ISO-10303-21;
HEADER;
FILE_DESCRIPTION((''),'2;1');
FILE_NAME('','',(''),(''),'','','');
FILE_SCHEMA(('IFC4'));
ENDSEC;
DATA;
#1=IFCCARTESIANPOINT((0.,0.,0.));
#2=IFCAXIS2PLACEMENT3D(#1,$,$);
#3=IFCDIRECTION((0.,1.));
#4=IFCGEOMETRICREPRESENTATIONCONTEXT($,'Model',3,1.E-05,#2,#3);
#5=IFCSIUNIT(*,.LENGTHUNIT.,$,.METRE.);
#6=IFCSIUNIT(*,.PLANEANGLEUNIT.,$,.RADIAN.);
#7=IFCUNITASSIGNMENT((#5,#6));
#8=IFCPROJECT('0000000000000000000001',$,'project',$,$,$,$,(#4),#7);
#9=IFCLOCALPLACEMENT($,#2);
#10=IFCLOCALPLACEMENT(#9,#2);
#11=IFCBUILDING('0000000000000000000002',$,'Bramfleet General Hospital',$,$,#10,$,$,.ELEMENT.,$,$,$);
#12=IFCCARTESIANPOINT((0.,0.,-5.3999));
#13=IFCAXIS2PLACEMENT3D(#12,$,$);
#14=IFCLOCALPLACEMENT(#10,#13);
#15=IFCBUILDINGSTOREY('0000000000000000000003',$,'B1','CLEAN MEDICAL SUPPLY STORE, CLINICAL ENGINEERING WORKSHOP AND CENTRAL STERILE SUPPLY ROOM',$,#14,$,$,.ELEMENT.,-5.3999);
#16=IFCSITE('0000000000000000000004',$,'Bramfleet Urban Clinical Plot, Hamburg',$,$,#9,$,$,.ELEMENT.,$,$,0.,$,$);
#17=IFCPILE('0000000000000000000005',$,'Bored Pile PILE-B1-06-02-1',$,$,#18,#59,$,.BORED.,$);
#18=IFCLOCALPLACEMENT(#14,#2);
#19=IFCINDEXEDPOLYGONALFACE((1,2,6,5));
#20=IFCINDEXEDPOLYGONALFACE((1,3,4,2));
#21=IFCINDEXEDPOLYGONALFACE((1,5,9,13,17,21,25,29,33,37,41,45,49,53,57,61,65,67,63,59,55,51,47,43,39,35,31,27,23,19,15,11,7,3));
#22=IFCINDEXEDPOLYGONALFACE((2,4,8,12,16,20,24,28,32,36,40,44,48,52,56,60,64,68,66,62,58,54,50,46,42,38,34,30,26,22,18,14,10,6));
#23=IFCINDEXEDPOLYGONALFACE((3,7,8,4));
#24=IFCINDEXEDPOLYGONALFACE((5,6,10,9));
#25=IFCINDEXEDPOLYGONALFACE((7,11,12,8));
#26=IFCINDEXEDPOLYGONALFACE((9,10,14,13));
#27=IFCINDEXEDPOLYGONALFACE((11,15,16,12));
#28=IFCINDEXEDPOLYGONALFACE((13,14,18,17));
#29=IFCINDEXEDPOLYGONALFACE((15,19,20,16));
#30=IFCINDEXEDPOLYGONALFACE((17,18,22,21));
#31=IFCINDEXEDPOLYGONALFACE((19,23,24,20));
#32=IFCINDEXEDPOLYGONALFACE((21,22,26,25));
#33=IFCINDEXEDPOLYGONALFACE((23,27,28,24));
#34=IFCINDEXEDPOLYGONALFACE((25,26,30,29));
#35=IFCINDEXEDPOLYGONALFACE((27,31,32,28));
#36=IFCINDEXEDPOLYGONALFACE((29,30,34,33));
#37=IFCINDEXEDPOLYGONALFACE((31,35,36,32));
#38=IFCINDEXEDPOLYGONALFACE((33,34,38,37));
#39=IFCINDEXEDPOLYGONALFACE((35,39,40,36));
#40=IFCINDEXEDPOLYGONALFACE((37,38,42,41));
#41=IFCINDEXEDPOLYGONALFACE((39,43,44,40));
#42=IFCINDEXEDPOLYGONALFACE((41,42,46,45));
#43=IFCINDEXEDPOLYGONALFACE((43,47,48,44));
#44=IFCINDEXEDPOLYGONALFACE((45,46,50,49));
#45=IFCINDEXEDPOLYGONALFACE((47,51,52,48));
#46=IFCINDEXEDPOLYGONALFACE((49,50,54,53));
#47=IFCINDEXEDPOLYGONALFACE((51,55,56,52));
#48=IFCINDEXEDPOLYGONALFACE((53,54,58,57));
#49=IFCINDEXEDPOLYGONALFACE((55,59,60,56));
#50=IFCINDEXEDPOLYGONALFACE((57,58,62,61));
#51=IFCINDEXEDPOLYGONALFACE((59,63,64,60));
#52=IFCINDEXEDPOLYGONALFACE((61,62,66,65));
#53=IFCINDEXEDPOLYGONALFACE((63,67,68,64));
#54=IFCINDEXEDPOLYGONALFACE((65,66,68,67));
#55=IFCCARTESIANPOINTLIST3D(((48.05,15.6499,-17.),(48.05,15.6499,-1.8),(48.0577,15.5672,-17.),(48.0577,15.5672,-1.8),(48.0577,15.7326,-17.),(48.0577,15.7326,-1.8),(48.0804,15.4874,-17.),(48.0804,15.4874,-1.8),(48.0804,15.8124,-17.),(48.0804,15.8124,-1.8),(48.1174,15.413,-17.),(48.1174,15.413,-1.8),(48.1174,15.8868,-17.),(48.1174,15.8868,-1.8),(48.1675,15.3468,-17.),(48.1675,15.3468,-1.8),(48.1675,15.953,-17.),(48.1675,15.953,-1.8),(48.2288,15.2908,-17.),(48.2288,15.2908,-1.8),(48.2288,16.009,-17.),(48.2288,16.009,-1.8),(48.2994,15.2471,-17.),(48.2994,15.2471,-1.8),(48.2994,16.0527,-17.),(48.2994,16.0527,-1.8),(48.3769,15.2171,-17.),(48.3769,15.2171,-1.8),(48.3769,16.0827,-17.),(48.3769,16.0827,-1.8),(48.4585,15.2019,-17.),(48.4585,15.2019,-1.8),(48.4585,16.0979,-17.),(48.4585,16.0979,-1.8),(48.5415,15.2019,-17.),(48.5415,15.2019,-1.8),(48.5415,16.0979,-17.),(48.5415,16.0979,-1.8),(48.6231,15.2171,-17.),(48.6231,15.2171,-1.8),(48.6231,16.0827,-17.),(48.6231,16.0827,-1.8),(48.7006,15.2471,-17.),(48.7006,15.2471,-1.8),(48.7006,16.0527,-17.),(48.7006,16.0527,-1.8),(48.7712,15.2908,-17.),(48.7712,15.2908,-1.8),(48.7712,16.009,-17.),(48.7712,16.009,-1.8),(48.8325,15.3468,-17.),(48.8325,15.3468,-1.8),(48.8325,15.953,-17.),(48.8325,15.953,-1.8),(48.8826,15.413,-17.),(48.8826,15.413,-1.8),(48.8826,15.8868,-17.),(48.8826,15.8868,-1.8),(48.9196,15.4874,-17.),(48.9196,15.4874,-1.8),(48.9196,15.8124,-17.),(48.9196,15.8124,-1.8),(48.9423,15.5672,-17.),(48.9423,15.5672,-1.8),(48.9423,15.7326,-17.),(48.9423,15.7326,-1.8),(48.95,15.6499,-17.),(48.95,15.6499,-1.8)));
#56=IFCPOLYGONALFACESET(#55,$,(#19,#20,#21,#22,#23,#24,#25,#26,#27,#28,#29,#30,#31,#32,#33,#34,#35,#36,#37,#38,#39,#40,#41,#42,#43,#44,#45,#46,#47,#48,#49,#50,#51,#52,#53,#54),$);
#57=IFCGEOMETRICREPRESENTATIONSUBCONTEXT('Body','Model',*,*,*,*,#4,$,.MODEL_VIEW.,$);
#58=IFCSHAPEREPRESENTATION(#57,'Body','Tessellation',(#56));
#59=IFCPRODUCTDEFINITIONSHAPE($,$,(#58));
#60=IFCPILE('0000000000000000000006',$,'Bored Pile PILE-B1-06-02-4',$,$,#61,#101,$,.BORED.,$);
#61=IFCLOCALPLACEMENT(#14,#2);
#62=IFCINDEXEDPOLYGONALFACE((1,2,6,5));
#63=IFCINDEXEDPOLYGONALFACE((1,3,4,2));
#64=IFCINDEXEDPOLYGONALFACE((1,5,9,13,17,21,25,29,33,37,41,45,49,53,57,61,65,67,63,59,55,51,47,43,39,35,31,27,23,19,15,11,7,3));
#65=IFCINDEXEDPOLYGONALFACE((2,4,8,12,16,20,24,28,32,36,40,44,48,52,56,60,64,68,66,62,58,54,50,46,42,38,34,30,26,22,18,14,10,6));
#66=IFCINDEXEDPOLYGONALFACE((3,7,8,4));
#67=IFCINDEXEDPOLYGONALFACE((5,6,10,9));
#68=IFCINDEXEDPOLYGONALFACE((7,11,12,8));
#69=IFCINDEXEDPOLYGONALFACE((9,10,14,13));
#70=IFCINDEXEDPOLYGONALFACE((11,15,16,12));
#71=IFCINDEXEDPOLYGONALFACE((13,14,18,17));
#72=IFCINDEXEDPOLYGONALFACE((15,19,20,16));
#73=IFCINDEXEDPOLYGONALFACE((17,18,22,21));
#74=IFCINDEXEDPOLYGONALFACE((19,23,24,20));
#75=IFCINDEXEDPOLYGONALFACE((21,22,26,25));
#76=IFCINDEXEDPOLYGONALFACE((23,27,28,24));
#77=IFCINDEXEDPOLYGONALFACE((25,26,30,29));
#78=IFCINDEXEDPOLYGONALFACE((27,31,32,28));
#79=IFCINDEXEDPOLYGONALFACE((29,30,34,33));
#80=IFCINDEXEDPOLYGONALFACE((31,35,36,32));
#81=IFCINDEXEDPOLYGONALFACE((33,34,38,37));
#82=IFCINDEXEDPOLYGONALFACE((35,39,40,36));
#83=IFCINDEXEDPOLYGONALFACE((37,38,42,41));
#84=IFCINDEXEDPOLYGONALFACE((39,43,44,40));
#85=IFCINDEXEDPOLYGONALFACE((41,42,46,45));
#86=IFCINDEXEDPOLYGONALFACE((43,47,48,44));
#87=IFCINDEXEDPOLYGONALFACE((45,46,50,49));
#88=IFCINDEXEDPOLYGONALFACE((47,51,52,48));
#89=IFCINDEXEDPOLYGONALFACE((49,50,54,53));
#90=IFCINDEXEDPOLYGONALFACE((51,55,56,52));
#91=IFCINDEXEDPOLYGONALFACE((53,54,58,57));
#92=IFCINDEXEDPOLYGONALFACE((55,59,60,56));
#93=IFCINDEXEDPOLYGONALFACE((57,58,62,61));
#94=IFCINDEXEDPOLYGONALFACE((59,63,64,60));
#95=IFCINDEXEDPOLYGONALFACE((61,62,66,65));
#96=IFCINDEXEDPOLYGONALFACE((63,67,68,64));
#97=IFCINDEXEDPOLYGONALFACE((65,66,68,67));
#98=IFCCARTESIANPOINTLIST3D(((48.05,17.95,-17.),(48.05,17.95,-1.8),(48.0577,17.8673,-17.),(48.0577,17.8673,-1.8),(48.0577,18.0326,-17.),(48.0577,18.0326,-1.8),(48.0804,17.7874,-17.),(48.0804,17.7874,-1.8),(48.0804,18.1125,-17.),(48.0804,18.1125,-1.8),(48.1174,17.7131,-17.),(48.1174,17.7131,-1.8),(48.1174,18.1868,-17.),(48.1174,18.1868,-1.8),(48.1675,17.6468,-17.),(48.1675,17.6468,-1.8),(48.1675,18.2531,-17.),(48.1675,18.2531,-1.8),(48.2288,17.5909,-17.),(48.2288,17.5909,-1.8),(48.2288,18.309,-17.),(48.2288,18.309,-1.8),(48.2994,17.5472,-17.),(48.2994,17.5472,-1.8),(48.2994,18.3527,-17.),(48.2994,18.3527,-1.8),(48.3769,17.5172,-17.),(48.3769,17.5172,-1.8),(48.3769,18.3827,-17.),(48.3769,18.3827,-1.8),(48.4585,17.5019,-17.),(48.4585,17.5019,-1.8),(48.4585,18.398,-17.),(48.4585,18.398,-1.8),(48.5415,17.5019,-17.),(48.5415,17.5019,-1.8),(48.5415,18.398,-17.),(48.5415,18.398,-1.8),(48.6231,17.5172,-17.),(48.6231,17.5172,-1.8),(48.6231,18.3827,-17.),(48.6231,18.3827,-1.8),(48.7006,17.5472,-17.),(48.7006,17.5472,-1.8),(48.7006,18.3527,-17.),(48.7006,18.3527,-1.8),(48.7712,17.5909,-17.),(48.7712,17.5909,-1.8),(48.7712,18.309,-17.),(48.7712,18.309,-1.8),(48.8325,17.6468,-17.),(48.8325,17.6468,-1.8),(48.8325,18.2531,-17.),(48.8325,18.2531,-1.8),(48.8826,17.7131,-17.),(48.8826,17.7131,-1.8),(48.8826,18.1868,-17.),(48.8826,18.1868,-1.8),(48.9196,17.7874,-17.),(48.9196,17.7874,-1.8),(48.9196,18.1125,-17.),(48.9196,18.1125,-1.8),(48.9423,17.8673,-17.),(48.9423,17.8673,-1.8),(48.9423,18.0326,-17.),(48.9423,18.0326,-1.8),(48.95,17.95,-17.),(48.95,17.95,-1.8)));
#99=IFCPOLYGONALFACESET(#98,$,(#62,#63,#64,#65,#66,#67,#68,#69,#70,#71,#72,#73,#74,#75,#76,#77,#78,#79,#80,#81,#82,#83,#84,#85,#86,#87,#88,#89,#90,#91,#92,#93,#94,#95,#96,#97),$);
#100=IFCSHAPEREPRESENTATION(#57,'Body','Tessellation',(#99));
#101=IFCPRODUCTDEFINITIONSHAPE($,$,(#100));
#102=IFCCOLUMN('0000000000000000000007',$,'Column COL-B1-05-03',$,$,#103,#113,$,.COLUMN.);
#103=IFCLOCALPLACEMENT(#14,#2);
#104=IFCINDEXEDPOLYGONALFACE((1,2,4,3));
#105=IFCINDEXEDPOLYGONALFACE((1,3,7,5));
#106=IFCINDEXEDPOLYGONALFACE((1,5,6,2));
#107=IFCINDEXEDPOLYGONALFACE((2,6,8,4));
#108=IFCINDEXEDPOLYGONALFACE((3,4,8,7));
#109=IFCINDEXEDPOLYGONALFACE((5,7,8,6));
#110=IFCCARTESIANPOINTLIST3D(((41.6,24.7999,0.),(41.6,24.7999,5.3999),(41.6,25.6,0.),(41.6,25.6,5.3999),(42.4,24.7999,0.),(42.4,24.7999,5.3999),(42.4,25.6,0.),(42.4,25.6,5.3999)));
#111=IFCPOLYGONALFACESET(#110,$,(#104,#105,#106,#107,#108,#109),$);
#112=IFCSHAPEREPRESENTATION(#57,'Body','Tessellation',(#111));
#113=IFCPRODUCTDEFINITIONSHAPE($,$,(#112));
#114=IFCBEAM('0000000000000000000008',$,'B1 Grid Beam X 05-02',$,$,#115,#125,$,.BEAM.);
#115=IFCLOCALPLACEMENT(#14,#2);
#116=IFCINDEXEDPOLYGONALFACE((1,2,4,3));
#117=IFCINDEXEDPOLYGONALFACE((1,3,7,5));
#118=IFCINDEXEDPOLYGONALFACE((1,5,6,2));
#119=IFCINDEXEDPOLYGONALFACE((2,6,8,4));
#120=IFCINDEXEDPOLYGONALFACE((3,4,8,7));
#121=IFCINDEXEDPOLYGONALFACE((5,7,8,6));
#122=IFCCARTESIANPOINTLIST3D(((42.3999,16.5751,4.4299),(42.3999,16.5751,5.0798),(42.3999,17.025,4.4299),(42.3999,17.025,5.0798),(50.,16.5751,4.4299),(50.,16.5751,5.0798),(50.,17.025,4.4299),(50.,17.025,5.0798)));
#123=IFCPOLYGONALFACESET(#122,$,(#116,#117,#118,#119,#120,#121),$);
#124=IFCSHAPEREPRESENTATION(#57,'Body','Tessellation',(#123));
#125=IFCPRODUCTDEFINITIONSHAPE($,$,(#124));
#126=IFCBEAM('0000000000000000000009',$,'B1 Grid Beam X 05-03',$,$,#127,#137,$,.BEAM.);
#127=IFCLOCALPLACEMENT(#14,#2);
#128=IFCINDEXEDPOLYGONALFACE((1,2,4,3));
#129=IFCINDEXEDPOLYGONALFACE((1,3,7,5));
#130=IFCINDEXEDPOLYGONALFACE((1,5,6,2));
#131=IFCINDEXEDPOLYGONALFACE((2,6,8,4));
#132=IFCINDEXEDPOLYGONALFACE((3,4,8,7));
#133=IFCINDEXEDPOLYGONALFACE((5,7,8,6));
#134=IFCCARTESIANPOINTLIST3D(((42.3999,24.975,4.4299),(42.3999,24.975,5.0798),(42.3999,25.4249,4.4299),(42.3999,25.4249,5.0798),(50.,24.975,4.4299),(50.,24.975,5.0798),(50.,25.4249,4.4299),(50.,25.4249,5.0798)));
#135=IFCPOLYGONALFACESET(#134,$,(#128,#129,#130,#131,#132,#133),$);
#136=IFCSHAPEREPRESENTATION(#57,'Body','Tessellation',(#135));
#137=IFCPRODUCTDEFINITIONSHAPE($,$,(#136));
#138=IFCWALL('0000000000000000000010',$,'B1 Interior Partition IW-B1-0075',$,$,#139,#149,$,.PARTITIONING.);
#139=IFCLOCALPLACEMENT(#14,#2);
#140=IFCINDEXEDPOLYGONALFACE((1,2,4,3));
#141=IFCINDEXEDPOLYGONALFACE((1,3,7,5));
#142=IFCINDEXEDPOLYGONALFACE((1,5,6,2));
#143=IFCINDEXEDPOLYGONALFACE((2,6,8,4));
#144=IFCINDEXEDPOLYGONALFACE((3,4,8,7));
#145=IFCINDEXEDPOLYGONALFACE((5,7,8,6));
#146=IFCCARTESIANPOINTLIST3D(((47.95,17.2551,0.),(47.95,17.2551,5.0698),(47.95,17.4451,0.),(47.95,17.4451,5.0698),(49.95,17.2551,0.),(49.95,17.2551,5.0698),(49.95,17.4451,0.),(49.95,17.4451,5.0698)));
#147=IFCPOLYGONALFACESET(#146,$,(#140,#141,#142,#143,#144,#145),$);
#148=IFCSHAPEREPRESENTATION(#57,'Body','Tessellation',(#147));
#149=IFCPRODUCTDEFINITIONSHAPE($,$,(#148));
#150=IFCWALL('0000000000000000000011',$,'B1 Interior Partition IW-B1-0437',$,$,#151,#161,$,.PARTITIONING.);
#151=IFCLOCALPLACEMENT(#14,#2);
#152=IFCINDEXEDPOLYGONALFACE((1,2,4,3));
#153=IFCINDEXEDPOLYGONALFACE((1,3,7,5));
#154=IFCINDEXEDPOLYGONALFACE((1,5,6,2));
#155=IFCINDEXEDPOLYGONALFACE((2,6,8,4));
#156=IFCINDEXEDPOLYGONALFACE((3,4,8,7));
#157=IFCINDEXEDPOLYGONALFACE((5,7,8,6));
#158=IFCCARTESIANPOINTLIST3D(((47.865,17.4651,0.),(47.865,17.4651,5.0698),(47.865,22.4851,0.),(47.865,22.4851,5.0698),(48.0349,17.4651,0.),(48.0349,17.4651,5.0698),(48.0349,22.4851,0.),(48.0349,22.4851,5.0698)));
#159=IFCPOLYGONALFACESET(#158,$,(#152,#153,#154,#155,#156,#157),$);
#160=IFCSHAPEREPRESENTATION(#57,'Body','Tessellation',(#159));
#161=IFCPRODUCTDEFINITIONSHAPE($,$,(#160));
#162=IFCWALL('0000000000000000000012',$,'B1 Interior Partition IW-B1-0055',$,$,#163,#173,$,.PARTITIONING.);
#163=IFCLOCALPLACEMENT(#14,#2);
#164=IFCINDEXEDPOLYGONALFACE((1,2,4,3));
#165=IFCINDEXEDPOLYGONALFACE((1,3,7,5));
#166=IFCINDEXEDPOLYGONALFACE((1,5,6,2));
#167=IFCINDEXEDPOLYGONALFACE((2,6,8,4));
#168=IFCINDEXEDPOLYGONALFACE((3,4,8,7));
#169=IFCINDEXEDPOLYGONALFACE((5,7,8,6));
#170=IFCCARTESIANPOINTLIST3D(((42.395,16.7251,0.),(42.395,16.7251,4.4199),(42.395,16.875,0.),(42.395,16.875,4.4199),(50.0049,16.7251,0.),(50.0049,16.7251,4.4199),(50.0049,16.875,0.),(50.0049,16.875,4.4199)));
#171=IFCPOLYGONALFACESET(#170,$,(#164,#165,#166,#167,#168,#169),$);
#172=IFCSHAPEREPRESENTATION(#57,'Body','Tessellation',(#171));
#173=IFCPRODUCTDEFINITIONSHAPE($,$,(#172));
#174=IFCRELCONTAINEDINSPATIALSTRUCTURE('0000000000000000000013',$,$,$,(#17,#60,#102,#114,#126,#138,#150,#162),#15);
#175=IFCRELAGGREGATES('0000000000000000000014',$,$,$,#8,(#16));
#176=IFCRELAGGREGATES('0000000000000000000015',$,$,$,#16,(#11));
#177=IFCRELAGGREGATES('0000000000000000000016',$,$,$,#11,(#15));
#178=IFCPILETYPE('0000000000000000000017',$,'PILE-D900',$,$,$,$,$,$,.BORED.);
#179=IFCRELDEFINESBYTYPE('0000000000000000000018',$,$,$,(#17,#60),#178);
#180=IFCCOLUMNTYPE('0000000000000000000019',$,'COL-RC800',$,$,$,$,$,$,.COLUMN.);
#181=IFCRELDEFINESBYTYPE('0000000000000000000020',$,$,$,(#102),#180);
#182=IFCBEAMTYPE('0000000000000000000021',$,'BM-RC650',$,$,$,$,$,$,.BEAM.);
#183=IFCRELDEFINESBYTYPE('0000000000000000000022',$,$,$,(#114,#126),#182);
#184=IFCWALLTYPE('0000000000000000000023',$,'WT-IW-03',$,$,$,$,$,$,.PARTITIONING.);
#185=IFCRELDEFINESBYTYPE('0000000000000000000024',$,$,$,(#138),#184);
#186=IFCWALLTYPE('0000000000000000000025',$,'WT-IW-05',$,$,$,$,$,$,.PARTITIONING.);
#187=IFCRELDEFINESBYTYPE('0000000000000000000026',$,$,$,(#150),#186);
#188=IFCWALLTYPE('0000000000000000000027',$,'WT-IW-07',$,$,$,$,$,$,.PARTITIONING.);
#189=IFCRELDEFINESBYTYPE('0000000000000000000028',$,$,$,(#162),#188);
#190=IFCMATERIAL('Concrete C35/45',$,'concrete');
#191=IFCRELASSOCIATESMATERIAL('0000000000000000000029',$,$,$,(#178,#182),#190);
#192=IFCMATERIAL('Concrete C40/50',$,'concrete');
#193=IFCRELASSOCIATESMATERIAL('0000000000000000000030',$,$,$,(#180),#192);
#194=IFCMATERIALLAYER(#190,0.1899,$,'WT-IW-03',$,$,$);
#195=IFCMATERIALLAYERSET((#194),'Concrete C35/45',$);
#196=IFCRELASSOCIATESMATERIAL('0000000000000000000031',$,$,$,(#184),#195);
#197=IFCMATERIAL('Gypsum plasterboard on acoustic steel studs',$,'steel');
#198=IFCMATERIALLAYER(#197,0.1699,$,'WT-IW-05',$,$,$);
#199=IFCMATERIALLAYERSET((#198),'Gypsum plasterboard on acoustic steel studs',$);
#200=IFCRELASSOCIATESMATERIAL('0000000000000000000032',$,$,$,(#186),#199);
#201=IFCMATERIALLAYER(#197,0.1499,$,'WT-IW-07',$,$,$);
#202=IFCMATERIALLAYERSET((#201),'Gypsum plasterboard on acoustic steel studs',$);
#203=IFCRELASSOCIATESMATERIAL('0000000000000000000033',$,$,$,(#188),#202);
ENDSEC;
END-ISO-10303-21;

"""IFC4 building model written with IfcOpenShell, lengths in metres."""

from ifc_helpers import new_model, si_unit, direction, frame, frame_2d, origin, origin_2d, place, context, subcontext, project, spatial, rectangle, circle, extrude, material, layer, layer_set, material_profile, profile_set, type_object, element, save


model = new_model("IFC4")

# Units and contexts
model_context = context("Model", 3, precision=1e-05, world=origin(), true_north=direction((0.0, 1.0)))
body_context = subcontext(model_context, "Body", "Model", "MODEL_VIEW")
ifc_project = project(units=[si_unit("LENGTHUNIT", "METRE"), si_unit("PLANEANGLEUNIT", "RADIAN")], contexts=[model_context])

# Site, building, storey
site_placement = place(None, origin())
site = spatial("IfcSite", under=ifc_project, at=site_placement, Name="Bramfleet Urban Clinical Plot, Hamburg", CompositionType="ELEMENT", RefElevation=0.0)
building_placement = place(site_placement, origin())
building = spatial("IfcBuilding", under=site, at=building_placement, Name="Bramfleet General Hospital", CompositionType="ELEMENT")
storey_placement = place(building_placement, frame((0.0, 0.0, -5.3999)))
storey = spatial("IfcBuildingStorey", under=building, at=storey_placement, Name="B1", Description="CLEAN MEDICAL SUPPLY STORE, CLINICAL ENGINEERING WORKSHOP AND CENTRAL STERILE SUPPLY ROOM", CompositionType="ELEMENT", Elevation=-5.3999)

# Shared definitions
ifc_material_1 = material(Name="Concrete C35/45", Category="concrete")

# Piles
ifc_material_profile_1 = material_profile(ifc_material_1, circle(Radius=0.45, at=origin_2d()), Name="PILE BORED D900")
ifc_profile_set_1 = profile_set([ifc_material_profile_1], Name="Concrete C35/45")
pile_type_1 = type_object("IfcPileType", Name="PILE-D900", PredefinedType="BORED", material=ifc_profile_set_1)
for number, where, z_axis, x_axis, name in (
    (1, (48.5, 15.6499, -1.8), (0.0, 0.0, -1.0), (1.0, 0.0, 0.0), "Bored Pile PILE-B1-06-02-1"),
    (2, (48.5, 17.95, -1.8), (0.0, 0.0, -1.0), (1.0, 0.0, 0.0), "Bored Pile PILE-B1-06-02-4"),
):
    element("IfcPile", number, at=place(storey_placement, frame(where, z_axis=z_axis, x_axis=x_axis)), inside=storey, type_object=pile_type_1, Name=name, PredefinedType="BORED", context=body_context, shape_type="SweptSolid", body=[
        extrude(circle(Radius=0.45, at=origin_2d()), origin(), (0.0, 0.0, 1.0), 15.2),
    ])

# Column
ifc_material_2 = material(Name="Concrete C40/50", Category="concrete")
ifc_material_profile_2 = material_profile(ifc_material_2, rectangle(XDim=0.8, YDim=0.8, at=origin_2d()), Name="RC COL 800x800")
ifc_profile_set_2 = profile_set([ifc_material_profile_2], Name="Concrete C40/50")
column_type = type_object("IfcColumnType", Name="COL-RC800", PredefinedType="COLUMN", material=ifc_profile_set_2)
column_placement = place(storey_placement, frame((42.0, 25.2, 0.0), z_axis=(0.0, 0.0, 1.0), x_axis=(1.0, 0.0, 0.0)))
element("IfcColumn", 3, at=column_placement, inside=storey, type_object=column_type, Name="Column COL-B1-05-03", PredefinedType="COLUMN", context=body_context, shape_type="SweptSolid", body=[
    extrude(rectangle(XDim=0.8, YDim=0.8, at=origin_2d()), origin(), (0.0, 0.0, 1.0), 5.3999),
])

# Beams
ifc_material_profile_3 = material_profile(ifc_material_1, rectangle(XDim=0.45, YDim=0.6499, at=origin_2d()), Name="RC BM 650x450")
ifc_profile_set_3 = profile_set([ifc_material_profile_3], Name="Concrete C35/45")
beam_type = type_object("IfcBeamType", Name="BM-RC650", PredefinedType="BEAM", material=ifc_profile_set_3)
for number, where, z_axis, x_axis, name in (
    (4, (42.3999, 16.8, 4.7549), (1.0, 0.0, 0.0), (0.0, 1.0, 0.0), "B1 Grid Beam X 05-02"),
    (5, (42.3999, 25.2, 4.7549), (1.0, 0.0, 0.0), (0.0, 1.0, 0.0), "B1 Grid Beam X 05-03"),
):
    element("IfcBeam", number, at=place(storey_placement, frame(where, z_axis=z_axis, x_axis=x_axis)), inside=storey, type_object=beam_type, Name=name, PredefinedType="BEAM", context=body_context, shape_type="SweptSolid", body=[
        extrude(rectangle(XDim=0.45, YDim=0.6499, at=origin_2d()), origin(), (0.0, 0.0, 1.0), 7.6001),
    ])

# Walls
ifc_layer_1 = layer(ifc_material_1, 0.1899, Name="WT-IW-03")
ifc_layer_set_1 = layer_set([ifc_layer_1], Name="Concrete C35/45")
wall_type_1 = type_object("IfcWallType", Name="WT-IW-03", PredefinedType="PARTITIONING", material=ifc_layer_set_1)
wall_1_placement = place(storey_placement, frame((47.95, 17.3501, 0.0), z_axis=(0.0, 0.0, 1.0), x_axis=(1.0, 0.0, 0.0)))
element("IfcWall", 6, at=wall_1_placement, inside=storey, type_object=wall_type_1, Name="B1 Interior Partition IW-B1-0075", PredefinedType="PARTITIONING", context=body_context, shape_type="SweptSolid", body=[
    extrude(rectangle(XDim=2.0, YDim=0.1899, at=frame_2d((1.0, 0.0))), origin(), (0.0, 0.0, 1.0), 5.0698),
])
ifc_material_3 = material(Name="Gypsum plasterboard on acoustic steel studs", Category="steel")
ifc_layer_2 = layer(ifc_material_3, 0.1699, Name="WT-IW-05")
ifc_layer_set_2 = layer_set([ifc_layer_2], Name="Gypsum plasterboard on acoustic steel studs")
wall_type_2 = type_object("IfcWallType", Name="WT-IW-05", PredefinedType="PARTITIONING", material=ifc_layer_set_2)
wall_2_placement = place(storey_placement, frame((47.95, 17.4651, 0.0), z_axis=(0.0, 0.0, 1.0), x_axis=(0.0, 1.0, 0.0)))
element("IfcWall", 7, at=wall_2_placement, inside=storey, type_object=wall_type_2, Name="B1 Interior Partition IW-B1-0437", PredefinedType="PARTITIONING", context=body_context, shape_type="SweptSolid", body=[
    extrude(rectangle(XDim=5.02, YDim=0.1699, at=frame_2d((2.51, 0.0))), origin(), (0.0, 0.0, 1.0), 5.0698),
])
ifc_layer_3 = layer(ifc_material_3, 0.1499, Name="WT-IW-07")
ifc_layer_set_3 = layer_set([ifc_layer_3], Name="Gypsum plasterboard on acoustic steel studs")
wall_type_3 = type_object("IfcWallType", Name="WT-IW-07", PredefinedType="PARTITIONING", material=ifc_layer_set_3)
wall_3_placement = place(storey_placement, frame((42.395, 16.8, 0.0), z_axis=(0.0, 0.0, 1.0), x_axis=(1.0, 0.0, 0.0)))
element("IfcWall", 8, at=wall_3_placement, inside=storey, type_object=wall_type_3, Name="B1 Interior Partition IW-B1-0055", PredefinedType="PARTITIONING", context=body_context, shape_type="SweptSolid", body=[
    extrude(rectangle(XDim=7.6099, YDim=0.1499, at=frame_2d((3.8049, 0.0))), origin(), (0.0, 0.0, 1.0), 4.4199),
])

save(model, "model.ifc")
